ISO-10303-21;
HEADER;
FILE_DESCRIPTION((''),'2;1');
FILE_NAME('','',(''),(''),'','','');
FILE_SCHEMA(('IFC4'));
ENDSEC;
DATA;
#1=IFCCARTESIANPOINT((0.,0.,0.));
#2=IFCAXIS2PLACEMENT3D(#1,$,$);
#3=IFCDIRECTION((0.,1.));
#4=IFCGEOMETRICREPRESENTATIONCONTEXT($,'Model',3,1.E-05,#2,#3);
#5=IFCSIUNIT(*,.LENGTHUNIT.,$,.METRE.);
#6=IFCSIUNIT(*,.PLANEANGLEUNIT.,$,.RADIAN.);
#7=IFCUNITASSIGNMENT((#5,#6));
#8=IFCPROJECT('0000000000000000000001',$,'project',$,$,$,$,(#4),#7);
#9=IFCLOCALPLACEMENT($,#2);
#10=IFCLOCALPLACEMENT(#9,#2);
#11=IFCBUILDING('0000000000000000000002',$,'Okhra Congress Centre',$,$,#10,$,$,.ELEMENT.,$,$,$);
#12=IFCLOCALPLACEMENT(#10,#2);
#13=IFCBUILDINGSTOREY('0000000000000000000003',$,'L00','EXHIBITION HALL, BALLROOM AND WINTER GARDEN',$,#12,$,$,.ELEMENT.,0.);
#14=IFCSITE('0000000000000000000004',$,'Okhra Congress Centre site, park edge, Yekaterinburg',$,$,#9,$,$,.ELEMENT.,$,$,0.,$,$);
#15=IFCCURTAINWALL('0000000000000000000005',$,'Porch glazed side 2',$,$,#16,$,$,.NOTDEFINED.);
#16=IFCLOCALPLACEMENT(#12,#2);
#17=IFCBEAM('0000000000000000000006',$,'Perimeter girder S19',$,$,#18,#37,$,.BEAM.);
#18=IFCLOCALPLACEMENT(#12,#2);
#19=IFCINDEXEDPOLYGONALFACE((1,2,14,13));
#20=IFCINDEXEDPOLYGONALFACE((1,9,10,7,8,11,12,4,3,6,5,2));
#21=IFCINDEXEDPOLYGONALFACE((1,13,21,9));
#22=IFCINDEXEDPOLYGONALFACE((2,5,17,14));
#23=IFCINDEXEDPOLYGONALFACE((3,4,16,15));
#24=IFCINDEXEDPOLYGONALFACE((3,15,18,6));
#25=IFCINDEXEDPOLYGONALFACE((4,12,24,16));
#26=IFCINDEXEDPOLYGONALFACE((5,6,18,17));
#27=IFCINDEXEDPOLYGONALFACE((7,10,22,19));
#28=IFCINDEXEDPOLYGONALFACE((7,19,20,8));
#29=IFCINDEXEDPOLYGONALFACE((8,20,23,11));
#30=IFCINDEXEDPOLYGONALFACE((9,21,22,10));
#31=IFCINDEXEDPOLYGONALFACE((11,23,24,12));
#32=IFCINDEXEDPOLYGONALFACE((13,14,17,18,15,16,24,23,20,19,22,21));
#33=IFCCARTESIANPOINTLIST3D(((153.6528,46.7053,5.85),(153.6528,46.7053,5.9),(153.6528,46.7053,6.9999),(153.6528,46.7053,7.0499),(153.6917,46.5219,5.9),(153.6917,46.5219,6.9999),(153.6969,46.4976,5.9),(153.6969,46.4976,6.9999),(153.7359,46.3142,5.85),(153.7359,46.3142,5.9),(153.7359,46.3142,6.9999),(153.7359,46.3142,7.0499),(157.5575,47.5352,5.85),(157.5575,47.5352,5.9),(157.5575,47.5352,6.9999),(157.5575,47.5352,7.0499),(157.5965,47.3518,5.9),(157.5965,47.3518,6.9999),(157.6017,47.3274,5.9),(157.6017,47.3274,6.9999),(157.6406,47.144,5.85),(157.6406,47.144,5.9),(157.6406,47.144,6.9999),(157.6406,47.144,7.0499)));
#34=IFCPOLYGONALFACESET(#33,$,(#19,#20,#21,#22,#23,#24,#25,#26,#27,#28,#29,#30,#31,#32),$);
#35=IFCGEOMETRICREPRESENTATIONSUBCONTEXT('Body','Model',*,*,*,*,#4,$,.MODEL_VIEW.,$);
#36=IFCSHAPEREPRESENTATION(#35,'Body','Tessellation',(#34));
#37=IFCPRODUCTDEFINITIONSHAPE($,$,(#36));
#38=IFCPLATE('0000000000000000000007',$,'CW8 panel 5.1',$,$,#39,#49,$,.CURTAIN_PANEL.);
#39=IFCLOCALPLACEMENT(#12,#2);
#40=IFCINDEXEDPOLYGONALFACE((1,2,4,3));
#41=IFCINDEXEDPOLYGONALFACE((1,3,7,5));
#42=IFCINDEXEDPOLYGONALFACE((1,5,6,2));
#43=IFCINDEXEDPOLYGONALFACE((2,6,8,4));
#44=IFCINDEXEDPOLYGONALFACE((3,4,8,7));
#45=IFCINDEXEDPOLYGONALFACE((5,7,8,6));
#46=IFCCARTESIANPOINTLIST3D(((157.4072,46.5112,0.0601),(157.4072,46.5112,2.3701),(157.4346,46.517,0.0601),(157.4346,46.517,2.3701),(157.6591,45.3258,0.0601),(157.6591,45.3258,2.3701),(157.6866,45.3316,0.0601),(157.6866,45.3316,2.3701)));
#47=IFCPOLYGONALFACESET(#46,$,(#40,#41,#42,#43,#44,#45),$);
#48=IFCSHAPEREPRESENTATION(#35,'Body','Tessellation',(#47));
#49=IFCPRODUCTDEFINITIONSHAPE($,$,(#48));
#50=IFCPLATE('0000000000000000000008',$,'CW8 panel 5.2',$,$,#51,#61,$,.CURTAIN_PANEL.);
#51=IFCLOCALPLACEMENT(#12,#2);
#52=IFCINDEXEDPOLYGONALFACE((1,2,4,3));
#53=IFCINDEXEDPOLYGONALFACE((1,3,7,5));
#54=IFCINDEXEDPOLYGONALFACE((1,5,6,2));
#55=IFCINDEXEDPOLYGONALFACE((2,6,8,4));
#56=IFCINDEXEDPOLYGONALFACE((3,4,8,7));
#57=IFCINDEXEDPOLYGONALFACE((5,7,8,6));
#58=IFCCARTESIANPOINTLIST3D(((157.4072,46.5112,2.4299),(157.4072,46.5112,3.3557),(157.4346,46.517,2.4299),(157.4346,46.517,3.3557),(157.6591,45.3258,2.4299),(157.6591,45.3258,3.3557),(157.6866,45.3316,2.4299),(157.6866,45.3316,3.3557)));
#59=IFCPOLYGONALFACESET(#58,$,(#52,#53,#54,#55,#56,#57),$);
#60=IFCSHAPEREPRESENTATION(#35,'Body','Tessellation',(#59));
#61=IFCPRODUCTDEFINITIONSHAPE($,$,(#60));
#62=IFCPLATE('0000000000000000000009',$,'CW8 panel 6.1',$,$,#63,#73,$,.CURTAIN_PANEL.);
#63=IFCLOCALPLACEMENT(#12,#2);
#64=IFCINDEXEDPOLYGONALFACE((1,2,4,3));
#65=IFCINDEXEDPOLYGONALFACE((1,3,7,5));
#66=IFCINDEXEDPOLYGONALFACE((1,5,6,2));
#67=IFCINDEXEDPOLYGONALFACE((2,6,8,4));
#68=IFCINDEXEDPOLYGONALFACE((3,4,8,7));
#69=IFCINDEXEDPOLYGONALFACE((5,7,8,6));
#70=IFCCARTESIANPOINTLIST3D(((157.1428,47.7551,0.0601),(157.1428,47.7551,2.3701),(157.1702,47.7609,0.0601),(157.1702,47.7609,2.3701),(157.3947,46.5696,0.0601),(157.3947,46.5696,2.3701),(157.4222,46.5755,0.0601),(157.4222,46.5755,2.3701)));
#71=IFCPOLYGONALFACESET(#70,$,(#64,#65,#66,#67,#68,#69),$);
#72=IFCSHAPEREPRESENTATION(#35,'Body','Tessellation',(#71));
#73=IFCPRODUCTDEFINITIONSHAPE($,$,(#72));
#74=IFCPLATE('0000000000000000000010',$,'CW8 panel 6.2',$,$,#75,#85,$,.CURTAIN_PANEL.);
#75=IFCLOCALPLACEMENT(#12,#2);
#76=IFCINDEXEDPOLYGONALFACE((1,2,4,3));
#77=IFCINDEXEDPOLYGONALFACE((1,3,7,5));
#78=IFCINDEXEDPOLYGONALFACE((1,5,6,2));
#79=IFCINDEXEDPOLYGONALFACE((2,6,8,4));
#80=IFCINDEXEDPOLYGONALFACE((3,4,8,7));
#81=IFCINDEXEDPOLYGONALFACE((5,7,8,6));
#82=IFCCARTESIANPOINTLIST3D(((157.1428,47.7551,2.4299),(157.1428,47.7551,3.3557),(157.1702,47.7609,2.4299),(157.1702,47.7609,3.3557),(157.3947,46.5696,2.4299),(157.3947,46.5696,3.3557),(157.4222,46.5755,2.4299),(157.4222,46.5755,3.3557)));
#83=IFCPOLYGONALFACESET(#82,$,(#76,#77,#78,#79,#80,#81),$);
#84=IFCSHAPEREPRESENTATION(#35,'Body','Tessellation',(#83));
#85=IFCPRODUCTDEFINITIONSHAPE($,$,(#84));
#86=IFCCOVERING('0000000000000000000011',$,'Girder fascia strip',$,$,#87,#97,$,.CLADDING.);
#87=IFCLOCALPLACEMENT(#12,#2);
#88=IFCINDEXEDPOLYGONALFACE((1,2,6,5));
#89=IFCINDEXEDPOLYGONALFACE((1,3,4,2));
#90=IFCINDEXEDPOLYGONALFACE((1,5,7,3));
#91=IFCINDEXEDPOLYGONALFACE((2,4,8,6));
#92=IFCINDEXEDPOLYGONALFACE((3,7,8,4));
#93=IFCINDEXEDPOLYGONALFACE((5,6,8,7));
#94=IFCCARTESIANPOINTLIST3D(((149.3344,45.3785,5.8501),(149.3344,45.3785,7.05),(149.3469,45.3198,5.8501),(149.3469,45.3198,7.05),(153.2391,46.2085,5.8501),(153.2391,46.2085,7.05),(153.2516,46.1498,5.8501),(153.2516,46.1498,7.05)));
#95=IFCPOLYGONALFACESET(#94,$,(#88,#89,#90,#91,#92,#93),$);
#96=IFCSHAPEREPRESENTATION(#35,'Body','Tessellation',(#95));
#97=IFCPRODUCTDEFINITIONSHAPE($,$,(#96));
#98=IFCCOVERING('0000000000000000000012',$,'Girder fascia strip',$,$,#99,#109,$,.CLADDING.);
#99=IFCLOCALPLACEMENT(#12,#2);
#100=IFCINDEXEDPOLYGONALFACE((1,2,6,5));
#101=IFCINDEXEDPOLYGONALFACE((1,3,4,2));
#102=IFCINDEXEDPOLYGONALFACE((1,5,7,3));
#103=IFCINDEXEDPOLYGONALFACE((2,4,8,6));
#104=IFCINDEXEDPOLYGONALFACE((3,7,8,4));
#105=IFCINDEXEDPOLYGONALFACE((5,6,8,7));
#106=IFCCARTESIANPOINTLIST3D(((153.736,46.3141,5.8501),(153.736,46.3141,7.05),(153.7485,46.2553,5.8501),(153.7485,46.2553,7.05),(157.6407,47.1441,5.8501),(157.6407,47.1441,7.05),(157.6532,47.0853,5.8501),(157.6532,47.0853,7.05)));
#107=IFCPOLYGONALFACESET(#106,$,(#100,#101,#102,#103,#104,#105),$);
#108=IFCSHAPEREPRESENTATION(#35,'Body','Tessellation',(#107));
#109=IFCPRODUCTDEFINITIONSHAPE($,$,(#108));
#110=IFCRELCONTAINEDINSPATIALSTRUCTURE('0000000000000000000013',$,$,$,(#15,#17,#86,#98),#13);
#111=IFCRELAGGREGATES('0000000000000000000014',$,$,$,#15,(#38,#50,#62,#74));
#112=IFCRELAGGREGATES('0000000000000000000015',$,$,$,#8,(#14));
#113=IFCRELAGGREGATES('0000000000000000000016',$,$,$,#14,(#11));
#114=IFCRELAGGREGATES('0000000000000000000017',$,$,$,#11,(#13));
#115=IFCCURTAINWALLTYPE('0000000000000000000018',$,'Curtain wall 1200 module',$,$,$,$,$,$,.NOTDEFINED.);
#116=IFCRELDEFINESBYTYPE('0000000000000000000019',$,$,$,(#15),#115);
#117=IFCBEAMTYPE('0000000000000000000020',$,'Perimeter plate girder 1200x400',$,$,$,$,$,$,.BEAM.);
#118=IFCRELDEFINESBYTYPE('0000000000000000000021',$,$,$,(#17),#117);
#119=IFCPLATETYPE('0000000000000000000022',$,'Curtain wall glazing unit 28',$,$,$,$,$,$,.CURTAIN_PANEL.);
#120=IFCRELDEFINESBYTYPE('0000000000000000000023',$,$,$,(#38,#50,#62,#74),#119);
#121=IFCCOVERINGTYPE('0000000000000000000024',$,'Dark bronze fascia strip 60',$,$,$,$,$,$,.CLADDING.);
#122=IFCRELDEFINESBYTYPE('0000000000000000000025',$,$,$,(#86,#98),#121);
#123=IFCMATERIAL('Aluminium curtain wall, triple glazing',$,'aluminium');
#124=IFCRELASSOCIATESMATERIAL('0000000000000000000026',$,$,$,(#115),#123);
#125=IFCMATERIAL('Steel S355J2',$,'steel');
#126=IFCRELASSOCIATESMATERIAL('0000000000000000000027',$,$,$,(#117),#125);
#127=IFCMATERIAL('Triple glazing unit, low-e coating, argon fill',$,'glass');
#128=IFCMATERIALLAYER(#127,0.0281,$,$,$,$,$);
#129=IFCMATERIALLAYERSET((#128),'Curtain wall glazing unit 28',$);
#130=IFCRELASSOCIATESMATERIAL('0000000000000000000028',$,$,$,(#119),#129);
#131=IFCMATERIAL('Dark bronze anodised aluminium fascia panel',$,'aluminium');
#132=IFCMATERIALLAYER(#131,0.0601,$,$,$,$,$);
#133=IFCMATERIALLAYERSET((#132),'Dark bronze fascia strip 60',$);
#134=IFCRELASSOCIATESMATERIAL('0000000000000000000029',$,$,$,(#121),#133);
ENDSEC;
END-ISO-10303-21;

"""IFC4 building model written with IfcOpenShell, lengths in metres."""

from ifc_helpers import new_model, si_unit, direction, frame, origin, origin_2d, place, context, subcontext, project, spatial, rectangle, i_section, extrude, material, layer, layer_set, material_profile, profile_set, type_object, element, aggregate, save


model = new_model("IFC4")

# Units and contexts
model_context = context("Model", 3, precision=1e-05, world=origin(), true_north=direction((0.0, 1.0)))
body_context = subcontext(model_context, "Body", "Model", "MODEL_VIEW")
ifc_project = project(units=[si_unit("LENGTHUNIT", "METRE"), si_unit("PLANEANGLEUNIT", "RADIAN")], contexts=[model_context])

# Site, building, storey
site_placement = place(None, origin())
site = spatial("IfcSite", under=ifc_project, at=site_placement, Name="Okhra Congress Centre site, park edge, Yekaterinburg", CompositionType="ELEMENT", RefElevation=0.0)
building_placement = place(site_placement, origin())
building = spatial("IfcBuilding", under=site, at=building_placement, Name="Okhra Congress Centre", CompositionType="ELEMENT")
storey_placement = place(building_placement, origin())
storey = spatial("IfcBuildingStorey", under=building, at=storey_placement, Name="L00", Description="EXHIBITION HALL, BALLROOM AND WINTER GARDEN", CompositionType="ELEMENT", Elevation=0.0)

# Curtain wall
ifc_material_1 = material(Name="Aluminium curtain wall, triple glazing", Category="aluminium")
curtain_wall_type = type_object("IfcCurtainWallType", Name="Curtain wall 1200 module", PredefinedType="NOTDEFINED", material=ifc_material_1)
curtain_wall_placement = place(storey_placement, origin())
curtain_wall = element("IfcCurtainWall", 1, at=curtain_wall_placement, inside=storey, type_object=curtain_wall_type, Name="Porch glazed side 2", PredefinedType="NOTDEFINED")

# Beam
ifc_material_2 = material(Name="Steel S355J2", Category="steel")
ifc_material_profile_1 = material_profile(ifc_material_2, i_section(OverallWidth=0.3999, OverallDepth=1.2, WebThickness=0.0249, FlangeThickness=0.05, at=origin_2d()), Name="Plate girder 1200x400")
ifc_profile_set_1 = profile_set([ifc_material_profile_1], Name="Steel S355J2")
beam_type_1 = type_object("IfcBeamType", Name="Perimeter plate girder 1200x400", PredefinedType="BEAM", material=ifc_profile_set_1)
for number, where, z_axis, x_axis, name in (
    (2, (153.6943, 46.5098, 6.45), (0.978155, 0.207875, 0.0), (-0.207875, 0.978155, 0.0), "Perimeter girder S19"),
):
    element("IfcBeam", number, at=place(storey_placement, frame(where, z_axis=z_axis, x_axis=x_axis)), inside=storey, type_object=beam_type_1, Name=name, PredefinedType="BEAM", context=body_context, shape_type="SweptSolid", body=[
        extrude(i_section(OverallWidth=0.3999, OverallDepth=1.2, WebThickness=0.0249, FlangeThickness=0.05, at=origin_2d()), origin(), (0.0, 0.0, 1.0), 3.9919),
    ])

# Plates
ifc_material_3 = material(Name="Triple glazing unit, low-e coating, argon fill", Category="glass")
ifc_layer_1 = layer(ifc_material_3, 0.0281)
ifc_layer_set_1 = layer_set([ifc_layer_1], Name="Curtain wall glazing unit 28")
plate_type = type_object("IfcPlateType", Name="Curtain wall glazing unit 28", PredefinedType="CURTAIN_PANEL", material=ifc_layer_set_1)
plate_1_placement = place(storey_placement, frame((157.5469, 45.9214, 0.0601), z_axis=(0.0, 0.0, 1.0), x_axis=(-0.207912, 0.978148, 0.0)))
plate_1 = element("IfcPlate", 3, at=plate_1_placement, type_object=plate_type, Name="CW8 panel 5.1", PredefinedType="CURTAIN_PANEL", context=body_context, shape_type="SweptSolid", body=[
    extrude(rectangle(XDim=1.2119, YDim=0.0281, at=origin_2d()), origin(), (0.0, 0.0, 1.0), 2.3101),
])
plate_2_placement = place(storey_placement, frame((157.5469, 45.9214, 2.4299), z_axis=(0.0, 0.0, 1.0), x_axis=(-0.207912, 0.978148, 0.0)))
plate_2 = element("IfcPlate", 4, at=plate_2_placement, type_object=plate_type, Name="CW8 panel 5.2", PredefinedType="CURTAIN_PANEL", context=body_context, shape_type="SweptSolid", body=[
    extrude(rectangle(XDim=1.2119, YDim=0.0281, at=origin_2d()), origin(), (0.0, 0.0, 1.0), 0.9258),
])
plate_3_placement = place(storey_placement, frame((157.2825, 47.1653, 0.0601), z_axis=(0.0, 0.0, 1.0), x_axis=(-0.207912, 0.978148, 0.0)))
plate_3 = element("IfcPlate", 5, at=plate_3_placement, type_object=plate_type, Name="CW8 panel 6.1", PredefinedType="CURTAIN_PANEL", context=body_context, shape_type="SweptSolid", body=[
    extrude(rectangle(XDim=1.2119, YDim=0.0281, at=origin_2d()), origin(), (0.0, 0.0, 1.0), 2.3101),
])
plate_4_placement = place(storey_placement, frame((157.2825, 47.1653, 2.4299), z_axis=(0.0, 0.0, 1.0), x_axis=(-0.207912, 0.978148, 0.0)))
plate_4 = element("IfcPlate", 6, at=plate_4_placement, type_object=plate_type, Name="CW8 panel 6.2", PredefinedType="CURTAIN_PANEL", context=body_context, shape_type="SweptSolid", body=[
    extrude(rectangle(XDim=1.2119, YDim=0.0281, at=origin_2d()), origin(), (0.0, 0.0, 1.0), 0.9258),
])
aggregate(curtain_wall, [plate_1, plate_2, plate_3, plate_4])

# Coverings
ifc_material_4 = material(Name="Dark bronze anodised aluminium fascia panel", Category="aluminium")
ifc_layer_2 = layer(ifc_material_4, 0.0601)
ifc_layer_set_2 = layer_set([ifc_layer_2], Name="Dark bronze fascia strip 60")
covering_type = type_object("IfcCoveringType", Name="Dark bronze fascia strip 60", PredefinedType="CLADDING", material=ifc_layer_set_2)
for number, where, z_axis, x_axis, name in (
    (7, (151.293, 45.7642, 5.8501), (0.0, 0.0, 1.0), (0.978148, 0.207912, 0.0), "Girder fascia strip"),
    (8, (155.6946, 46.6997, 5.8501), (0.0, 0.0, 1.0), (0.978148, 0.207912, 0.0), "Girder fascia strip"),
):
    element("IfcCovering", number, at=place(storey_placement, frame(where, z_axis=z_axis, x_axis=x_axis)), inside=storey, type_object=covering_type, Name=name, PredefinedType="CLADDING", context=body_context, shape_type="SweptSolid", body=[
        extrude(rectangle(XDim=3.9919, YDim=0.0601, at=origin_2d()), origin(), (0.0, 0.0, 1.0), 1.2),
    ])

save(model, "model.ifc")
